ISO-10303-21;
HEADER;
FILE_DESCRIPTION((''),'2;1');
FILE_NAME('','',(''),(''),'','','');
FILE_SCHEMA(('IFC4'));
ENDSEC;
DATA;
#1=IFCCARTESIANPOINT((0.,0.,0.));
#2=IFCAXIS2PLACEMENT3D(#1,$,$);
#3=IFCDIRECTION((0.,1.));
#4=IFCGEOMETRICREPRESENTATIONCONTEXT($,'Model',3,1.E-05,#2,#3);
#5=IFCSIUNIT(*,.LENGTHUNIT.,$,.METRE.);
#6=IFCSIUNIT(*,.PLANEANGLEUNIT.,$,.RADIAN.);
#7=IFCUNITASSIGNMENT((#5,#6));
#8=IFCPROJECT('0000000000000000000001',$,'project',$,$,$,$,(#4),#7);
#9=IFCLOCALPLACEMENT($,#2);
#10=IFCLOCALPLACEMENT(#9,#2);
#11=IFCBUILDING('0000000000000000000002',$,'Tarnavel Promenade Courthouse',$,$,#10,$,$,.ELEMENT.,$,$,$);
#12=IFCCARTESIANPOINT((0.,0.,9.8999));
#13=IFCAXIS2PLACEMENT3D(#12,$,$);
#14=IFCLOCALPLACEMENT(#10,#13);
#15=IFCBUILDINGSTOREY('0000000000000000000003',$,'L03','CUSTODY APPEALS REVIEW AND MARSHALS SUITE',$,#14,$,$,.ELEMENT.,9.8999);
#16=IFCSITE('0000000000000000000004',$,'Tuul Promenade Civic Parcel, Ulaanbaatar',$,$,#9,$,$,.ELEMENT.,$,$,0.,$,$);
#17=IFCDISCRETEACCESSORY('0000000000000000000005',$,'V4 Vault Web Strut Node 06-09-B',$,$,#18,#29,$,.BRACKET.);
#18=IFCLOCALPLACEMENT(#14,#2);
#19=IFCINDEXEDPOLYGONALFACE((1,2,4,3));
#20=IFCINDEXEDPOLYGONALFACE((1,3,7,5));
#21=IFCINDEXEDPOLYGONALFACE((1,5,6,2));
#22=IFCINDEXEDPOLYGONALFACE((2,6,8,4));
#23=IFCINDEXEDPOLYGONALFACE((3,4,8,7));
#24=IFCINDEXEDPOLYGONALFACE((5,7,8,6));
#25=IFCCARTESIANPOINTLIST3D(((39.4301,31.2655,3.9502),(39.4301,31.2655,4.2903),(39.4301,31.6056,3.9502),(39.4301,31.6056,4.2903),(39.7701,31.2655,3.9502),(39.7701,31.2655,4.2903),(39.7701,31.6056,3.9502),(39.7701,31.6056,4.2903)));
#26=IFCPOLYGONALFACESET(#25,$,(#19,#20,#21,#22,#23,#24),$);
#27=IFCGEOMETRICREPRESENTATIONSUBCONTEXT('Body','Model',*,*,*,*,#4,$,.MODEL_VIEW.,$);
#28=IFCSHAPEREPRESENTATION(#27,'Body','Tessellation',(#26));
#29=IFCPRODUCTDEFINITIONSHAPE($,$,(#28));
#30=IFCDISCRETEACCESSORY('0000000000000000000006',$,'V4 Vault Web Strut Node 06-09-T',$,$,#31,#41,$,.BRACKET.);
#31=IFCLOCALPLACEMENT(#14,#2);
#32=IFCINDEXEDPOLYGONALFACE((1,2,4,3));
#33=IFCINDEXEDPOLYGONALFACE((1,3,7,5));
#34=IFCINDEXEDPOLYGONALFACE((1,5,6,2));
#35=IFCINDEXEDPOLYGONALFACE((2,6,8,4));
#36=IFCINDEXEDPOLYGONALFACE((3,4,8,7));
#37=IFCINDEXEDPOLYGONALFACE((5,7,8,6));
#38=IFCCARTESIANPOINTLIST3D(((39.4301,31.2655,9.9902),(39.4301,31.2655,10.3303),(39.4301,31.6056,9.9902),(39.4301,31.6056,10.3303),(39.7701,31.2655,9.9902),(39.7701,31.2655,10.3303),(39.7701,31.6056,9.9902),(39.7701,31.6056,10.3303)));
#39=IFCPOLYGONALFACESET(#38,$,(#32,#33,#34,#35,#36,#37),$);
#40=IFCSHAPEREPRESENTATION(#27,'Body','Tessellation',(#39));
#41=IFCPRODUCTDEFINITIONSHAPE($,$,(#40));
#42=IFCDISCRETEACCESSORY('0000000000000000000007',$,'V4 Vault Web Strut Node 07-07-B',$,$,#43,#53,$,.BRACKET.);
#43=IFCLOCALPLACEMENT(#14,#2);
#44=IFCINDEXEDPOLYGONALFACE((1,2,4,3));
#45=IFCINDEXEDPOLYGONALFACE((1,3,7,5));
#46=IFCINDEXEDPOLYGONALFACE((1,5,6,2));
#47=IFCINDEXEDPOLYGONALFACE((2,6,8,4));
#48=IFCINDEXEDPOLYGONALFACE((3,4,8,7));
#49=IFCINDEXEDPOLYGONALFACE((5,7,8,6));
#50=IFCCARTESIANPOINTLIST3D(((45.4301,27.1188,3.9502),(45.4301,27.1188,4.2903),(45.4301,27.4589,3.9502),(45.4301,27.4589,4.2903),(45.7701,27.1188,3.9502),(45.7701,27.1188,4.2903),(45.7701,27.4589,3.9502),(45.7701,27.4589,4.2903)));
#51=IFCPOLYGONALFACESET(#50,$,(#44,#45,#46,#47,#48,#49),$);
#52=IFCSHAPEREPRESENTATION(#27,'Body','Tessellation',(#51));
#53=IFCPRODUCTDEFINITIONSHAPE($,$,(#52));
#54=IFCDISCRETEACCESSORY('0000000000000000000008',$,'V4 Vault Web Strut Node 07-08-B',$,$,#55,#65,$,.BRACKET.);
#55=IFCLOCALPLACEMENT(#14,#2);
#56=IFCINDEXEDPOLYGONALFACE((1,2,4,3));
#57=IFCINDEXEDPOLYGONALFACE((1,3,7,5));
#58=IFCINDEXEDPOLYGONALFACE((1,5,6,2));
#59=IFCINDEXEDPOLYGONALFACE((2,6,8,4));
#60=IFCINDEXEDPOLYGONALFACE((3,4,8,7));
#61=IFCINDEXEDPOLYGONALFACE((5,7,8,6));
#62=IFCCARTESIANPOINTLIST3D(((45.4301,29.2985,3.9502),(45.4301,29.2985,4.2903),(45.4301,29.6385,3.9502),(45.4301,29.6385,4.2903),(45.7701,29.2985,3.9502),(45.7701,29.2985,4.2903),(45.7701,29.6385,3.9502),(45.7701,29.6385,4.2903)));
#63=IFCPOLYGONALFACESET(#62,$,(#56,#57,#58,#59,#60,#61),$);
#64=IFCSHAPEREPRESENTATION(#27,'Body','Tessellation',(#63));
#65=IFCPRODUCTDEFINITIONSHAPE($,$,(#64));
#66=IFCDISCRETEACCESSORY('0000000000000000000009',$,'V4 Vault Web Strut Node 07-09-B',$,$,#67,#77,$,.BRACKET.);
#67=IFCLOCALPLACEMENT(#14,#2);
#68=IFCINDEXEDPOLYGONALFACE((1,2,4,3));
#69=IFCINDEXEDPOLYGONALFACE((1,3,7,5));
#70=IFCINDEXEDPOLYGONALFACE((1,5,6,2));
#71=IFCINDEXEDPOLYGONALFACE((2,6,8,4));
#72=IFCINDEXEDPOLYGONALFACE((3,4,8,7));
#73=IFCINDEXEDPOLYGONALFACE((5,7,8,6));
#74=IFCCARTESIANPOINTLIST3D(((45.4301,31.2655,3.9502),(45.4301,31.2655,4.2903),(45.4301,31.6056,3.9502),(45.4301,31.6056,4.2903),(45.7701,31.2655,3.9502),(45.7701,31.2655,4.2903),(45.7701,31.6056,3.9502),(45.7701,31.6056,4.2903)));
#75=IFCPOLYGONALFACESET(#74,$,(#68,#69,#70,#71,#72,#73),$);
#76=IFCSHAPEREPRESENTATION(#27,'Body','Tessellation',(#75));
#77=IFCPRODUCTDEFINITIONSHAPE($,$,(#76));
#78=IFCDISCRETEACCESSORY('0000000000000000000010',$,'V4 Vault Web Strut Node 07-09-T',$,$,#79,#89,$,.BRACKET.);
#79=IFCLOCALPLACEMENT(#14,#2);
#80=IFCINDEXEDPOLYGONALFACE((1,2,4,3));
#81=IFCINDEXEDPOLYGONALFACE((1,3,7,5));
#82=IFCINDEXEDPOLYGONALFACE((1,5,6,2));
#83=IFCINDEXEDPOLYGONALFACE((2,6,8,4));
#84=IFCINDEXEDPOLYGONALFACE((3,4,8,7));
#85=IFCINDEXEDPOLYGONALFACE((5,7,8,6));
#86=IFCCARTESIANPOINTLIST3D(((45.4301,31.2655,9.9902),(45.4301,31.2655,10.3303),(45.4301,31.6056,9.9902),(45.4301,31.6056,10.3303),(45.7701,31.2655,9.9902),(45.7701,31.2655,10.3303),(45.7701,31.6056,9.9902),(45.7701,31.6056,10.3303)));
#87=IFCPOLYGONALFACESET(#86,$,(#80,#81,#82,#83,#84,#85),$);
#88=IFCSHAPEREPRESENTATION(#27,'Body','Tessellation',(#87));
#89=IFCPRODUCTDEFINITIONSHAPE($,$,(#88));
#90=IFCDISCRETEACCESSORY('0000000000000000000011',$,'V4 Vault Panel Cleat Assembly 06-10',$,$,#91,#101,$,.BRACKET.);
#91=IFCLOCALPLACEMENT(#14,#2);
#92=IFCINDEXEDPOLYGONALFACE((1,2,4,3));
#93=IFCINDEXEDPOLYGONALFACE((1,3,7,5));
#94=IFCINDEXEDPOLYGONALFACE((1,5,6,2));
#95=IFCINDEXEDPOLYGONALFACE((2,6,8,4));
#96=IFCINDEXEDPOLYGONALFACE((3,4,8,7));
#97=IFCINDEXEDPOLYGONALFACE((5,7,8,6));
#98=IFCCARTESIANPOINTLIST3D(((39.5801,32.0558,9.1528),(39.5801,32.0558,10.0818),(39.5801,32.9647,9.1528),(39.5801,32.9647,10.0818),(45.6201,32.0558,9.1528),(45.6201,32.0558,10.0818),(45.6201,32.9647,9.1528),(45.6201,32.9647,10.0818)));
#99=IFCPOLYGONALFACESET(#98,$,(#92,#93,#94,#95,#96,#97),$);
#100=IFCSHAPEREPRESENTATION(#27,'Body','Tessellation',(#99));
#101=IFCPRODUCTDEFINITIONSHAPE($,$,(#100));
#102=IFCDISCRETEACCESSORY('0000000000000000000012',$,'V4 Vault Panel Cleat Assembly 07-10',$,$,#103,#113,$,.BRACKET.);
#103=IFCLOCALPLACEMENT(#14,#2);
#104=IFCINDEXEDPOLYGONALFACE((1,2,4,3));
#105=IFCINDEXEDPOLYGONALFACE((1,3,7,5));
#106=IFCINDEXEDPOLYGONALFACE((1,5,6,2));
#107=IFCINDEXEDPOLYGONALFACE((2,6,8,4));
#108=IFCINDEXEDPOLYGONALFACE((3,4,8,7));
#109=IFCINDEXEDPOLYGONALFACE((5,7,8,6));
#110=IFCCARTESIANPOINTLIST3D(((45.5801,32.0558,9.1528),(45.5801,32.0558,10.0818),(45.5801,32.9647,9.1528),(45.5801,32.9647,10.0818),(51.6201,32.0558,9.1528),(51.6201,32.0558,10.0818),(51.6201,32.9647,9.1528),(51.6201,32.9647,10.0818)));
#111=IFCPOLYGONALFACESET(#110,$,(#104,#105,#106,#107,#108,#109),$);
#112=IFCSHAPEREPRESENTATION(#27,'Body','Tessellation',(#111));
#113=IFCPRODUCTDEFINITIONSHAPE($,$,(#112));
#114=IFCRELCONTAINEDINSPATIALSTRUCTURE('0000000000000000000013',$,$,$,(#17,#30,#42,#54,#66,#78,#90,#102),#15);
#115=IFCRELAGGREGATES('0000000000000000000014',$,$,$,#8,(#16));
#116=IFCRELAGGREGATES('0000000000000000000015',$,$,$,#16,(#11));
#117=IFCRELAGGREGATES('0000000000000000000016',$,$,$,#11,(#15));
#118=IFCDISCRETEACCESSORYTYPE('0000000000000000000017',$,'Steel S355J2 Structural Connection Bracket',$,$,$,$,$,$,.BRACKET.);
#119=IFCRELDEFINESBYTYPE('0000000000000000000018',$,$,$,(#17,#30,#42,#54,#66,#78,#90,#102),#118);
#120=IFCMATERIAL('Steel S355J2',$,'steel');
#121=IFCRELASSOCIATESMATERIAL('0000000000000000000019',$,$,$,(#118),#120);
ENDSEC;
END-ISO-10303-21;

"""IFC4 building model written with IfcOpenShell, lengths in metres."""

from ifc_helpers import new_model, si_unit, direction, frame, origin, origin_2d, place, context, subcontext, project, spatial, rectangle, extrude, material, type_object, element, save


model = new_model("IFC4")

# Units and contexts
model_context = context("Model", 3, precision=1e-05, world=origin(), true_north=direction((0.0, 1.0)))
body_context = subcontext(model_context, "Body", "Model", "MODEL_VIEW")
ifc_project = project(units=[si_unit("LENGTHUNIT", "METRE"), si_unit("PLANEANGLEUNIT", "RADIAN")], contexts=[model_context])

# Site, building, storey
site_placement = place(None, origin())
site = spatial("IfcSite", under=ifc_project, at=site_placement, Name="Tuul Promenade Civic Parcel, Ulaanbaatar", CompositionType="ELEMENT", RefElevation=0.0)
building_placement = place(site_placement, origin())
building = spatial("IfcBuilding", under=site, at=building_placement, Name="Tarnavel Promenade Courthouse", CompositionType="ELEMENT")
storey_placement = place(building_placement, frame((0.0, 0.0, 9.8999)))
storey = spatial("IfcBuildingStorey", under=building, at=storey_placement, Name="L03", Description="CUSTODY APPEALS REVIEW AND MARSHALS SUITE", CompositionType="ELEMENT", Elevation=9.8999)

# Shared definitions
ifc_material_1 = material(Name="Steel S355J2", Category="steel")

# Discrete accessories
discrete_accessory_type = type_object("IfcDiscreteAccessoryType", Name="Steel S355J2 Structural Connection Bracket", PredefinedType="BRACKET", material=ifc_material_1)
for number, where, z_axis, x_axis, name in (
    (1, (39.6001, 31.4355, 3.9502), (0.0, 0.0, 1.0), (1.0, 0.0, 0.0), "V4 Vault Web Strut Node 06-09-B"),
    (2, (39.6001, 31.4355, 9.9902), (0.0, 0.0, 1.0), (1.0, 0.0, 0.0), "V4 Vault Web Strut Node 06-09-T"),
    (3, (45.6001, 27.2888, 3.9502), (0.0, 0.0, 1.0), (1.0, 0.0, 0.0), "V4 Vault Web Strut Node 07-07-B"),
    (4, (45.6001, 29.4685, 3.9502), (0.0, 0.0, 1.0), (1.0, 0.0, 0.0), "V4 Vault Web Strut Node 07-08-B"),
    (5, (45.6001, 31.4355, 3.9502), (0.0, 0.0, 1.0), (1.0, 0.0, 0.0), "V4 Vault Web Strut Node 07-09-B"),
    (6, (45.6001, 31.4355, 9.9902), (0.0, 0.0, 1.0), (1.0, 0.0, 0.0), "V4 Vault Web Strut Node 07-09-T"),
):
    element("IfcDiscreteAccessory", number, at=place(storey_placement, frame(where, z_axis=z_axis, x_axis=x_axis)), inside=storey, type_object=discrete_accessory_type, Name=name, PredefinedType="BRACKET", context=body_context, shape_type="SweptSolid", body=[
        extrude(rectangle(XDim=0.3401, YDim=0.3401, at=origin_2d()), origin(), (0.0, 0.0, 1.0), 0.3401),
    ])
for number, where, z_axis, x_axis, name in (
    (7, (42.6001, 32.5103, 9.1528), (0.0, 0.0, 1.0), (1.0, 0.0, 0.0), "V4 Vault Panel Cleat Assembly 06-10"),
    (8, (48.6001, 32.5103, 9.1528), (0.0, 0.0, 1.0), (1.0, 0.0, 0.0), "V4 Vault Panel Cleat Assembly 07-10"),
):
    element("IfcDiscreteAccessory", number, at=place(storey_placement, frame(where, z_axis=z_axis, x_axis=x_axis)), inside=storey, type_object=discrete_accessory_type, Name=name, PredefinedType="BRACKET", context=body_context, shape_type="SweptSolid", body=[
        extrude(rectangle(XDim=6.04, YDim=0.9089, at=origin_2d()), origin(), (0.0, 0.0, 1.0), 0.929),
    ])

save(model, "model.ifc")
